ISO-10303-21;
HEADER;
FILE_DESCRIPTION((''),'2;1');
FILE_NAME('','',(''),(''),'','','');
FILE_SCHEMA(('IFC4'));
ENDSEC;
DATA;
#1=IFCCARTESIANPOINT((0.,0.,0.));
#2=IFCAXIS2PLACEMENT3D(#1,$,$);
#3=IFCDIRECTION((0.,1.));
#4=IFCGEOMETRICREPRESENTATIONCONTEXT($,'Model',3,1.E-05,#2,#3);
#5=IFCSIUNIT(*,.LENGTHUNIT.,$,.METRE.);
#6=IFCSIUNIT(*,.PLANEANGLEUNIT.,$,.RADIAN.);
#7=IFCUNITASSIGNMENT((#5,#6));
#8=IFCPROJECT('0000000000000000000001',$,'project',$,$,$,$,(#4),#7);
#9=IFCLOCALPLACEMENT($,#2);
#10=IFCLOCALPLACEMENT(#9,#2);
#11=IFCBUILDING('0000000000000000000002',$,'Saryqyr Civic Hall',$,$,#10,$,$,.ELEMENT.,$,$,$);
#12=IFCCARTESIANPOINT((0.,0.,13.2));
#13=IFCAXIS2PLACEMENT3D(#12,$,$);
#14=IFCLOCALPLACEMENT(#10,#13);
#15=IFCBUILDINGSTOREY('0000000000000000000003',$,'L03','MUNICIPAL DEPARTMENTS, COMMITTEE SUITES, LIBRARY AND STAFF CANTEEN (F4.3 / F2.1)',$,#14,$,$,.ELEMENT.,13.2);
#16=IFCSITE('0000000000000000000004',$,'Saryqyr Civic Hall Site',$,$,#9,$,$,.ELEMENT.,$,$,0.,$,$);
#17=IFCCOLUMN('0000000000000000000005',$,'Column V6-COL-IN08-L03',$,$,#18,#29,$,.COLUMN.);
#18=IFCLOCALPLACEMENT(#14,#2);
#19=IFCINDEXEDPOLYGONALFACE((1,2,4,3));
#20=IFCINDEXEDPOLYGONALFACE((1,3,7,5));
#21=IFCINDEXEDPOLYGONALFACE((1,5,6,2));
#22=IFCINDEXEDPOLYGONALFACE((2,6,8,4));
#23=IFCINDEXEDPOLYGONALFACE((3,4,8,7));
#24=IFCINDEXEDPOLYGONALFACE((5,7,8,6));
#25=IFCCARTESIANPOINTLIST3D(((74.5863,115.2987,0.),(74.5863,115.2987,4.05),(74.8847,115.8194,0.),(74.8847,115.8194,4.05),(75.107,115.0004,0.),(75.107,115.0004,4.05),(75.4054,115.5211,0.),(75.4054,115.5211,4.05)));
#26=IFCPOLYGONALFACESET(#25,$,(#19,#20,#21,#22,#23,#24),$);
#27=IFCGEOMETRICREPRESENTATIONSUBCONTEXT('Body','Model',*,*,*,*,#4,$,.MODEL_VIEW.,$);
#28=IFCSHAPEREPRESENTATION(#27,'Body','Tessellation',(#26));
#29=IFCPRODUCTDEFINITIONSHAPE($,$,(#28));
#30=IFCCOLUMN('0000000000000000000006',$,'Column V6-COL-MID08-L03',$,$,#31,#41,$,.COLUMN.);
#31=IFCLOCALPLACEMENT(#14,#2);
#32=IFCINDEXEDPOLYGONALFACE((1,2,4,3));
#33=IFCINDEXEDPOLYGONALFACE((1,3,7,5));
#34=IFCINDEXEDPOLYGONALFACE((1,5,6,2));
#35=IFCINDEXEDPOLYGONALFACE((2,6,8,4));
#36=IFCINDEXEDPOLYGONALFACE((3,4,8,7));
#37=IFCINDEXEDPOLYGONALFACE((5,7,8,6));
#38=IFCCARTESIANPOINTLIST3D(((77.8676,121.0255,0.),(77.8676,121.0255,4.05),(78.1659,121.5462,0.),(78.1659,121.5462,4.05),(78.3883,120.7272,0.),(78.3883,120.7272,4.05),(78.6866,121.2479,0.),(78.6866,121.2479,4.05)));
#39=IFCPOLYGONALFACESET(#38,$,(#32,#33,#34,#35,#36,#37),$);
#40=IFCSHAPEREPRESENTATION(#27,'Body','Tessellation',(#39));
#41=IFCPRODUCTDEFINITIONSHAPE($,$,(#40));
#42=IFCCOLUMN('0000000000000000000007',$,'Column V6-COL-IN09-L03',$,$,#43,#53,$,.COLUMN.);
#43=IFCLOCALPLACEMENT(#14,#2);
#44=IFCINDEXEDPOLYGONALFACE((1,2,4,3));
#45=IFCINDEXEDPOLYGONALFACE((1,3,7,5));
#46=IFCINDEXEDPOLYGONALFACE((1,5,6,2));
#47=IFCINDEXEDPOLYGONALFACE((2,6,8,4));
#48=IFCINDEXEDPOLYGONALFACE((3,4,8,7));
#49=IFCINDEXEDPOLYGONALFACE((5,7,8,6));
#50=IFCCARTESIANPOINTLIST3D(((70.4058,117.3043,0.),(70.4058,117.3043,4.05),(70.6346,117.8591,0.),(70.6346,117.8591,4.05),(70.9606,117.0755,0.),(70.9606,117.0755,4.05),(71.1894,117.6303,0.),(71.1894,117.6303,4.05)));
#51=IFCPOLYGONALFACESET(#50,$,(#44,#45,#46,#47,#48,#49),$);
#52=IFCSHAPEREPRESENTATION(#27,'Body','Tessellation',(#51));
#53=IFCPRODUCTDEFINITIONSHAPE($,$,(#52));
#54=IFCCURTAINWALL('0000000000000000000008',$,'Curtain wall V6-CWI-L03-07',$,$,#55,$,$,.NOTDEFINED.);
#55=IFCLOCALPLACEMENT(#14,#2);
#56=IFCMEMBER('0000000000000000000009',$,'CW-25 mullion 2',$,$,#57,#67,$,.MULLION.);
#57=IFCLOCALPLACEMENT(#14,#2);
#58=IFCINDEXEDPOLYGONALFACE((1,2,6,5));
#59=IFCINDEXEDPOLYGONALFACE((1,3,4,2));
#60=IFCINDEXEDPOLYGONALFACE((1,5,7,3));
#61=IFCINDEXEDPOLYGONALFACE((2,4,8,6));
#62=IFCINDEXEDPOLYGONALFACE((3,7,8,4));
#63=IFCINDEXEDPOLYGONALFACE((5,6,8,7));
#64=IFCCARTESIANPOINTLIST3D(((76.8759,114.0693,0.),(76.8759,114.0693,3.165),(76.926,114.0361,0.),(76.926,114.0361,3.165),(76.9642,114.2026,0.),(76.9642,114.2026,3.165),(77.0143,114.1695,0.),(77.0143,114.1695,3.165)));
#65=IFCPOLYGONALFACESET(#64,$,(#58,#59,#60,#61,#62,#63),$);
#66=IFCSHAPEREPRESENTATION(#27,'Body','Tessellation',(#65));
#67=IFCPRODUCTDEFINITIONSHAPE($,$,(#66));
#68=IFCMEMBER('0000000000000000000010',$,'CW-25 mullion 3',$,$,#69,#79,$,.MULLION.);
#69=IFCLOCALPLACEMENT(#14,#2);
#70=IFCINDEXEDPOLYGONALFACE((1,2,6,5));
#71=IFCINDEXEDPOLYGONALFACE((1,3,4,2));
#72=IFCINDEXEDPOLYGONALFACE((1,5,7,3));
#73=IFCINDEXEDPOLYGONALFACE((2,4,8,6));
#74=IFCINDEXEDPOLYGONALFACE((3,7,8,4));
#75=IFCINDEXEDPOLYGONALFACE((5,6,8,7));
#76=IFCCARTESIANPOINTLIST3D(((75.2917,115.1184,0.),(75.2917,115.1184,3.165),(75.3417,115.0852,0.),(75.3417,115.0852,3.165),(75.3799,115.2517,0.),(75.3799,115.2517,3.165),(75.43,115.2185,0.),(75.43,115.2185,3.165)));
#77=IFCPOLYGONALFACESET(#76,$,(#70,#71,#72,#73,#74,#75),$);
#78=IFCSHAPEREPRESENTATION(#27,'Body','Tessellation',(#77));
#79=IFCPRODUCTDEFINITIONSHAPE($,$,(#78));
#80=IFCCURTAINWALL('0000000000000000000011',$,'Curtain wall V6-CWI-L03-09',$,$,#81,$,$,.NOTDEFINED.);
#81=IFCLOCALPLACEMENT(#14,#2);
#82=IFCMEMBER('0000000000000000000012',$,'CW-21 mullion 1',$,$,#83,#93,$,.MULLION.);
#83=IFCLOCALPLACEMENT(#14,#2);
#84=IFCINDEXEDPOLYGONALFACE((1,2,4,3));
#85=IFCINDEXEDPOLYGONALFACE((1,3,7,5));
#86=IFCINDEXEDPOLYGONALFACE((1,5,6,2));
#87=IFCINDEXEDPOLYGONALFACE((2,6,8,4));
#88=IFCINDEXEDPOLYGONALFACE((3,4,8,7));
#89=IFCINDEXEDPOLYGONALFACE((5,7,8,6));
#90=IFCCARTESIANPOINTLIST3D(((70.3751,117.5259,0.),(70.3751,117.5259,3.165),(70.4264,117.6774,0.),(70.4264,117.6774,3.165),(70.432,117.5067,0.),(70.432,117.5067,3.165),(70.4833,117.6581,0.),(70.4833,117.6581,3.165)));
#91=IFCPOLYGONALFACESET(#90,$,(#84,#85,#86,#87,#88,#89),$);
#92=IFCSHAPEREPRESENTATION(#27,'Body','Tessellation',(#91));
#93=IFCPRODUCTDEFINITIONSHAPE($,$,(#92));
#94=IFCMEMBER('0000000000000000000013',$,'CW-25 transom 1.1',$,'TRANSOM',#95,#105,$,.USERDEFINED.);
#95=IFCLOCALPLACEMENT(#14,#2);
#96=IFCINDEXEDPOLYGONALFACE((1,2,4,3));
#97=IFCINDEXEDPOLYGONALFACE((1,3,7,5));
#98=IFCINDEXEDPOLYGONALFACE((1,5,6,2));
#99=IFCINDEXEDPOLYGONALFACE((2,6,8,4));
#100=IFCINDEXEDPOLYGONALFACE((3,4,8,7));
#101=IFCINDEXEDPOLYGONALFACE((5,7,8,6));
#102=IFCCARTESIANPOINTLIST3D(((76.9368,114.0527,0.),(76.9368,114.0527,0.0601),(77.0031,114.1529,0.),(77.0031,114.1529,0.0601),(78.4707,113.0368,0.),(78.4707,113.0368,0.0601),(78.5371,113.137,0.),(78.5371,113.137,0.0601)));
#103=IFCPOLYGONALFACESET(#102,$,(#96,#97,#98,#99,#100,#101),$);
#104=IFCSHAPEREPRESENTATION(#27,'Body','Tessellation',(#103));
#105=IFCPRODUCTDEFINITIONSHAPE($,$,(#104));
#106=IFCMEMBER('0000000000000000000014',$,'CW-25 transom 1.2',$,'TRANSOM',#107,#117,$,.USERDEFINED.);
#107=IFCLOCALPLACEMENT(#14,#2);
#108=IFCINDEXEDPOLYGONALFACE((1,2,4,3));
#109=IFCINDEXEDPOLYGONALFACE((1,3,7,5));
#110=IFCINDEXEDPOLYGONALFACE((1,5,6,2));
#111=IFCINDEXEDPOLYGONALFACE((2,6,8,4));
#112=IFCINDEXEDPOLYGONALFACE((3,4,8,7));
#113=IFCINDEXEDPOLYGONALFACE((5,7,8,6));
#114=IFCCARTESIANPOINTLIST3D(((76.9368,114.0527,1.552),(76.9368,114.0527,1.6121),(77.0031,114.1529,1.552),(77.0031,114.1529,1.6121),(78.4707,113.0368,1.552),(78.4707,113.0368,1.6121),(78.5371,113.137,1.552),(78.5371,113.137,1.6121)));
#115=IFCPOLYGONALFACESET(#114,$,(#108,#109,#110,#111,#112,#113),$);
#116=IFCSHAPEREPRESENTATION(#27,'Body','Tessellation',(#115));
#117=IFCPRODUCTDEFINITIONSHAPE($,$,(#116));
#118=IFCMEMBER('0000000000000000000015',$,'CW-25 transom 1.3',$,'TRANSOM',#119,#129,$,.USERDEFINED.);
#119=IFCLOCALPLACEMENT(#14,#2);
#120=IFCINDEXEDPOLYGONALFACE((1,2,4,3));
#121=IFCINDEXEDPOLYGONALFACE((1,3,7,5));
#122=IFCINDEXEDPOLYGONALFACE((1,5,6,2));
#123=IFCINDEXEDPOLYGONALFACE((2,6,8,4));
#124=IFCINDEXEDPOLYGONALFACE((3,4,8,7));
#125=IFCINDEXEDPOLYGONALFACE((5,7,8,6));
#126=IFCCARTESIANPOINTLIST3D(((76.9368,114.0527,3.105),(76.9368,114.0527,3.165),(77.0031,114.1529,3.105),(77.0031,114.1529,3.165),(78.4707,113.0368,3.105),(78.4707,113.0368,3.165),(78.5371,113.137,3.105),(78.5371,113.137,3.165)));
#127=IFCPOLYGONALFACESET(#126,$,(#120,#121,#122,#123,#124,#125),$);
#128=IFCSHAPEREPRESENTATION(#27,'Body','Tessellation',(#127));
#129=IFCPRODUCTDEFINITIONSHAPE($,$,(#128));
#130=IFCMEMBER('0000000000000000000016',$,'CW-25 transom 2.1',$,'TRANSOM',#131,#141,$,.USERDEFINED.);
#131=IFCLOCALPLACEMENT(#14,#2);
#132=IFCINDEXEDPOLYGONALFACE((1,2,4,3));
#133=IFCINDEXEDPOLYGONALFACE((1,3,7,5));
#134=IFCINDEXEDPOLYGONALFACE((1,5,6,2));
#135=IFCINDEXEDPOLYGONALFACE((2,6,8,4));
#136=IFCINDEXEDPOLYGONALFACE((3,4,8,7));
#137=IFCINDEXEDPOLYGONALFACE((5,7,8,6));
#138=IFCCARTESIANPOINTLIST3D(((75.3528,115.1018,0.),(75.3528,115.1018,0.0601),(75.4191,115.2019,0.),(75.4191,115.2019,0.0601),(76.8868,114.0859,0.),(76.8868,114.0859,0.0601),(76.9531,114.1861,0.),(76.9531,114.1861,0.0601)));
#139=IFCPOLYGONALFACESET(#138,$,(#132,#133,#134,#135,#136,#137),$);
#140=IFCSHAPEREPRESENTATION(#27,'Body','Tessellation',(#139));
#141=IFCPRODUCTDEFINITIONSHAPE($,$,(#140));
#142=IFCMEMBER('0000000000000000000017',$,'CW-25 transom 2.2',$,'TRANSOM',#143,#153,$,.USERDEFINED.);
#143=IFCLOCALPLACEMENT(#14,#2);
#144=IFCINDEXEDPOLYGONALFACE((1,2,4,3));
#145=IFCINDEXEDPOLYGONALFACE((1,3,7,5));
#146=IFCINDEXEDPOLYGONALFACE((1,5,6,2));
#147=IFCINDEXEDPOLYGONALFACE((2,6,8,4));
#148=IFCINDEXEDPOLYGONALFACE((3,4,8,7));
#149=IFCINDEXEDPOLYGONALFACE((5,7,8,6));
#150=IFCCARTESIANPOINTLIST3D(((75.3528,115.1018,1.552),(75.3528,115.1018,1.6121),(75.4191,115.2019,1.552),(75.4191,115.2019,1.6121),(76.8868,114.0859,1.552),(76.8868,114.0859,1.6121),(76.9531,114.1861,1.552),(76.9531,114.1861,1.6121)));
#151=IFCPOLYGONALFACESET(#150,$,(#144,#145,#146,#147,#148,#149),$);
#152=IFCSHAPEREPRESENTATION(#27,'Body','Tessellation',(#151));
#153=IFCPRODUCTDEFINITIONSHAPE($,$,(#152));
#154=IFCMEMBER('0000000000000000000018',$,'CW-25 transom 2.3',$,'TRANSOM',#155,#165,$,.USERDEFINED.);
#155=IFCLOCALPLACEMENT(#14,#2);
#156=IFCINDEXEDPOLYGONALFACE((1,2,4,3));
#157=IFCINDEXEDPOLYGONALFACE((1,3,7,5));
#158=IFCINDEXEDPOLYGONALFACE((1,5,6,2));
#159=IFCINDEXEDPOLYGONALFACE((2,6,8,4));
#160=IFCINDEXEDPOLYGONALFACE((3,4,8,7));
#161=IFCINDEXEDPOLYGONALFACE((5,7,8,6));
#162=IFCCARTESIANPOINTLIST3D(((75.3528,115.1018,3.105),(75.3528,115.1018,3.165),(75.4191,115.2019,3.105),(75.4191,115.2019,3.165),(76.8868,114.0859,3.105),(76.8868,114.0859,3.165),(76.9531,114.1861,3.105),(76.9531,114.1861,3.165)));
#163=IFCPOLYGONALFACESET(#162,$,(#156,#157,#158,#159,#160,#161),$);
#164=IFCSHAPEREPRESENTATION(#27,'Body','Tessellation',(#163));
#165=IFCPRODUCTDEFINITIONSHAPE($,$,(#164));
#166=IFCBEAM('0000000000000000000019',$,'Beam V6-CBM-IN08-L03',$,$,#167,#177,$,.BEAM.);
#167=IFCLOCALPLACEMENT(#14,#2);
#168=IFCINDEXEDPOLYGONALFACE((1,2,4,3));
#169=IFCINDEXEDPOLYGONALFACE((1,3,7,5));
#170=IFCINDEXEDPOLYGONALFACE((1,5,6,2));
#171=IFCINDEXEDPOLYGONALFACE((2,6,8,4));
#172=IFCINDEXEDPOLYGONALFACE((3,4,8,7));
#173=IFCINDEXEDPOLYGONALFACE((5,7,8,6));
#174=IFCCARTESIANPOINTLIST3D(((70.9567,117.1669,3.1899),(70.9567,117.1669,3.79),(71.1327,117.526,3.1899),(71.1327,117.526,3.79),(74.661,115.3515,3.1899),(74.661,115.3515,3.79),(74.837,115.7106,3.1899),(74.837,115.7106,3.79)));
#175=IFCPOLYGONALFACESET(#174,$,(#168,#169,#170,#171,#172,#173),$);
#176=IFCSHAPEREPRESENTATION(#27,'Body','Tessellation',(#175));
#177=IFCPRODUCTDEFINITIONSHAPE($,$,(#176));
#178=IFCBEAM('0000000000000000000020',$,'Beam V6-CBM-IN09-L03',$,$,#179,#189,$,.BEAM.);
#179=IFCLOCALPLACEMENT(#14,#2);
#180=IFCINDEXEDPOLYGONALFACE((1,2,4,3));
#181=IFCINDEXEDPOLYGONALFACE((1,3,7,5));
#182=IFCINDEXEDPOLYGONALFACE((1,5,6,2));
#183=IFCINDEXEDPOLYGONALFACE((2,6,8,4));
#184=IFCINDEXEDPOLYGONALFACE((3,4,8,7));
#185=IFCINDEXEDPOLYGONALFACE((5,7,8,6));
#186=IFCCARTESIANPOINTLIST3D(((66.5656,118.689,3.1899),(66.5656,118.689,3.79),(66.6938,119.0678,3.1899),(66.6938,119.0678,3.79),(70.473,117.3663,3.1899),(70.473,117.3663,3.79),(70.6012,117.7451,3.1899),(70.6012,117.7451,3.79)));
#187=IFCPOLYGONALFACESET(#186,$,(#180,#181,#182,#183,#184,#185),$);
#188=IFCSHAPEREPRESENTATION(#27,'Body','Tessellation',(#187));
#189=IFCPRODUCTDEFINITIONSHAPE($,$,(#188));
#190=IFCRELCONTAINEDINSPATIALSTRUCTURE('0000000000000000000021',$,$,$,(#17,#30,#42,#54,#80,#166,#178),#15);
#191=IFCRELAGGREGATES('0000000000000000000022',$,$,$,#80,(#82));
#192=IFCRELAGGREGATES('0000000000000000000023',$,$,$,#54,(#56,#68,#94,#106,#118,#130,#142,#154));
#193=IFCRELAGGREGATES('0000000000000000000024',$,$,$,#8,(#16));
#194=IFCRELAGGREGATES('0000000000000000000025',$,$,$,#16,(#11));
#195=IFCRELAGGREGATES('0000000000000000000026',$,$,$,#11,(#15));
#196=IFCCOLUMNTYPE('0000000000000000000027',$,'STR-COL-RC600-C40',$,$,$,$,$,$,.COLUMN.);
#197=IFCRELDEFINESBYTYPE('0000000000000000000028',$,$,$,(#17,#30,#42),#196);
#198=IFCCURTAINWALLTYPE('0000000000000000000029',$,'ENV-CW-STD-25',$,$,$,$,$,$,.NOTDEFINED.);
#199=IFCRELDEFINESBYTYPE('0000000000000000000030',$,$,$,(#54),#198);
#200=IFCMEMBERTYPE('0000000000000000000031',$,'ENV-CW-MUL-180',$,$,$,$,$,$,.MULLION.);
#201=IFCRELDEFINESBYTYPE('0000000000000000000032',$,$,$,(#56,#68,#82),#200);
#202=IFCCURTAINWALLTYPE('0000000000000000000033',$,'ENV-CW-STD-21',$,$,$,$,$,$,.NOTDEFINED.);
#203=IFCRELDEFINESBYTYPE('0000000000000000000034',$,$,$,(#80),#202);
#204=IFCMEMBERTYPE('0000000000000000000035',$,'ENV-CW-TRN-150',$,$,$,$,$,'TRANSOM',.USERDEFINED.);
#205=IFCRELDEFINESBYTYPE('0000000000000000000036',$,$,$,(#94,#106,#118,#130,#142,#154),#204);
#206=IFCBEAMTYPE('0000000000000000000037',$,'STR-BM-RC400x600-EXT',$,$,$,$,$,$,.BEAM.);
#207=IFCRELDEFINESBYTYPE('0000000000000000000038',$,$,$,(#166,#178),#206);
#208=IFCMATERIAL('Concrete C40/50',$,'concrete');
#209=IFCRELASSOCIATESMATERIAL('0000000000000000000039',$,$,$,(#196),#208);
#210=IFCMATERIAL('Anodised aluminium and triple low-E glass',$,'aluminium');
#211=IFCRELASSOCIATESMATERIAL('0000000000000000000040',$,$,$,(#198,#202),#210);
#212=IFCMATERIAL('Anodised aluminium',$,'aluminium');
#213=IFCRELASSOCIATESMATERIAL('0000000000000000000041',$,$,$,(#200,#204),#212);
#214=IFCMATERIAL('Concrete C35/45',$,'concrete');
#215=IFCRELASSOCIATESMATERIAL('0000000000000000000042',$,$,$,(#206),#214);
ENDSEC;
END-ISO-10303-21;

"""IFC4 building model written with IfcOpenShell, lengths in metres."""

from ifc_helpers import new_model, si_unit, direction, frame, origin, origin_2d, place, context, subcontext, project, spatial, rectangle, extrude, material, material_profile, profile_set, type_object, element, aggregate, save


model = new_model("IFC4")

# Units and contexts
model_context = context("Model", 3, precision=1e-05, world=origin(), true_north=direction((0.0, 1.0)))
body_context = subcontext(model_context, "Body", "Model", "MODEL_VIEW")
ifc_project = project(units=[si_unit("LENGTHUNIT", "METRE"), si_unit("PLANEANGLEUNIT", "RADIAN")], contexts=[model_context])

# Site, building, storey
site_placement = place(None, origin())
site = spatial("IfcSite", under=ifc_project, at=site_placement, Name="Saryqyr Civic Hall Site", CompositionType="ELEMENT", RefElevation=0.0)
building_placement = place(site_placement, origin())
building = spatial("IfcBuilding", under=site, at=building_placement, Name="Saryqyr Civic Hall", CompositionType="ELEMENT")
storey_placement = place(building_placement, frame((0.0, 0.0, 13.2)))
storey = spatial("IfcBuildingStorey", under=building, at=storey_placement, Name="L03", Description="MUNICIPAL DEPARTMENTS, COMMITTEE SUITES, LIBRARY AND STAFF CANTEEN (F4.3 / F2.1)", CompositionType="ELEMENT", Elevation=13.2)

# Columns
ifc_material_1 = material(Name="Concrete C40/50", Category="concrete")
ifc_material_profile_1 = material_profile(ifc_material_1, rectangle(XDim=0.6001, YDim=0.6001, at=origin_2d()), Name="RC 600x600")
ifc_profile_set_1 = profile_set([ifc_material_profile_1], Name="Concrete C40/50")
column_type = type_object("IfcColumnType", Name="STR-COL-RC600-C40", PredefinedType="COLUMN", material=ifc_profile_set_1)
for number, where, z_axis, x_axis, name in (
    (1, (74.9958, 115.4099, 0.0), (0.0, 0.0, 1.0), (0.497125, 0.867679, 0.0), "Column V6-COL-IN08-L03"),
    (2, (78.2771, 121.1367, 0.0), (0.0, 0.0, 1.0), (0.497125, 0.867679, 0.0), "Column V6-COL-MID08-L03"),
    (3, (70.7976, 117.4673, 0.0), (0.0, 0.0, 1.0), (0.381232, 0.92448, 0.0), "Column V6-COL-IN09-L03"),
):
    element("IfcColumn", number, at=place(storey_placement, frame(where, z_axis=z_axis, x_axis=x_axis)), inside=storey, type_object=column_type, Name=name, PredefinedType="COLUMN", context=body_context, shape_type="SweptSolid", body=[
        extrude(rectangle(XDim=0.6001, YDim=0.6001, at=origin_2d()), origin(), (0.0, 0.0, 1.0), 4.05),
    ])

# Curtain wall, members
ifc_material_2 = material(Name="Anodised aluminium and triple low-E glass", Category="aluminium")
curtain_wall_type_1 = type_object("IfcCurtainWallType", Name="ENV-CW-STD-25", PredefinedType="NOTDEFINED", material=ifc_material_2)
curtain_wall_1_placement = place(storey_placement, origin())
curtain_wall_1 = element("IfcCurtainWall", 4, at=curtain_wall_1_placement, inside=storey, type_object=curtain_wall_type_1, Name="Curtain wall V6-CWI-L03-07", PredefinedType="NOTDEFINED")
ifc_material_3 = material(Name="Anodised aluminium", Category="aluminium")
ifc_material_profile_2 = material_profile(ifc_material_3, rectangle(XDim=0.0601, YDim=0.1599, at=origin_2d()), Name="ALU MULLION 60x160")
ifc_profile_set_2 = profile_set([ifc_material_profile_2], Name="Anodised aluminium")
member_type_1 = type_object("IfcMemberType", Name="ENV-CW-MUL-180", PredefinedType="MULLION", material=ifc_profile_set_2)
member_1_placement = place(storey_placement, frame((76.9451, 114.1194, 0.0), z_axis=(0.0, 0.0, 1.0), x_axis=(-0.833756, 0.552133, 0.0)))
member_1 = element("IfcMember", 5, at=member_1_placement, type_object=member_type_1, Name="CW-25 mullion 2", PredefinedType="MULLION", context=body_context, shape_type="SweptSolid", body=[
    extrude(rectangle(XDim=0.0601, YDim=0.1599, at=origin_2d()), origin(), (0.0, 0.0, 1.0), 3.165),
])
member_2_placement = place(storey_placement, frame((75.3608, 115.1685, 0.0), z_axis=(0.0, 0.0, 1.0), x_axis=(-0.833756, 0.552133, 0.0)))
member_2 = element("IfcMember", 6, at=member_2_placement, type_object=member_type_1, Name="CW-25 mullion 3", PredefinedType="MULLION", context=body_context, shape_type="SweptSolid", body=[
    extrude(rectangle(XDim=0.0601, YDim=0.1599, at=origin_2d()), origin(), (0.0, 0.0, 1.0), 3.165),
])

# Curtain wall, member
curtain_wall_type_2 = type_object("IfcCurtainWallType", Name="ENV-CW-STD-21", PredefinedType="NOTDEFINED", material=ifc_material_2)
curtain_wall_2_placement = place(storey_placement, origin())
curtain_wall_2 = element("IfcCurtainWall", 7, at=curtain_wall_2_placement, inside=storey, type_object=curtain_wall_type_2, Name="Curtain wall V6-CWI-L03-09", PredefinedType="NOTDEFINED")
member_3_placement = place(storey_placement, frame((70.4292, 117.592, 0.0), z_axis=(0.0, 0.0, 1.0), x_axis=(-0.947202, 0.320636, 0.0)))
member_3 = element("IfcMember", 8, at=member_3_placement, type_object=member_type_1, Name="CW-21 mullion 1", PredefinedType="MULLION", context=body_context, shape_type="SweptSolid", body=[
    extrude(rectangle(XDim=0.0601, YDim=0.1599, at=origin_2d()), origin(), (0.0, 0.0, 1.0), 3.165),
])
aggregate(curtain_wall_2, [member_3])

# Members
ifc_material_profile_3 = material_profile(ifc_material_3, rectangle(XDim=0.1201, YDim=0.0601, at=origin_2d()), Name="ALU TRANSOM 120x60")
ifc_profile_set_3 = profile_set([ifc_material_profile_3], Name="Anodised aluminium")
member_type_2 = type_object("IfcMemberType", Name="ENV-CW-TRN-150", ElementType="TRANSOM", PredefinedType="USERDEFINED", material=ifc_profile_set_3)
member_4_placement = place(storey_placement, frame((78.5039, 113.0869, 0.03), z_axis=(-0.833741, 0.552156, 0.0), x_axis=(-0.552156, -0.833741, 0.0)))
member_4 = element("IfcMember", 9, at=member_4_placement, type_object=member_type_2, Name="CW-25 transom 1.1", ObjectType="TRANSOM", PredefinedType="USERDEFINED", context=body_context, shape_type="SweptSolid", body=[
    extrude(rectangle(XDim=0.1201, YDim=0.0601, at=origin_2d()), origin(), (0.0, 0.0, 1.0), 1.8398),
])
member_5_placement = place(storey_placement, frame((78.5039, 113.0869, 1.582), z_axis=(-0.833741, 0.552156, 0.0), x_axis=(-0.552156, -0.833741, 0.0)))
member_5 = element("IfcMember", 10, at=member_5_placement, type_object=member_type_2, Name="CW-25 transom 1.2", ObjectType="TRANSOM", PredefinedType="USERDEFINED", context=body_context, shape_type="SweptSolid", body=[
    extrude(rectangle(XDim=0.1201, YDim=0.0601, at=origin_2d()), origin(), (0.0, 0.0, 1.0), 1.8398),
])
member_6_placement = place(storey_placement, frame((78.5039, 113.0869, 3.135), z_axis=(-0.833741, 0.552156, 0.0), x_axis=(-0.552156, -0.833741, 0.0)))
member_6 = element("IfcMember", 11, at=member_6_placement, type_object=member_type_2, Name="CW-25 transom 1.3", ObjectType="TRANSOM", PredefinedType="USERDEFINED", context=body_context, shape_type="SweptSolid", body=[
    extrude(rectangle(XDim=0.1201, YDim=0.0601, at=origin_2d()), origin(), (0.0, 0.0, 1.0), 1.8398),
])
member_7_placement = place(storey_placement, frame((76.9199, 114.136, 0.03), z_axis=(-0.833741, 0.552156, 0.0), x_axis=(-0.552156, -0.833741, 0.0)))
member_7 = element("IfcMember", 12, at=member_7_placement, type_object=member_type_2, Name="CW-25 transom 2.1", ObjectType="TRANSOM", PredefinedType="USERDEFINED", context=body_context, shape_type="SweptSolid", body=[
    extrude(rectangle(XDim=0.1201, YDim=0.0601, at=origin_2d()), origin(), (0.0, 0.0, 1.0), 1.8398),
])
member_8_placement = place(storey_placement, frame((76.9199, 114.136, 1.582), z_axis=(-0.833741, 0.552156, 0.0), x_axis=(-0.552156, -0.833741, 0.0)))
member_8 = element("IfcMember", 13, at=member_8_placement, type_object=member_type_2, Name="CW-25 transom 2.2", ObjectType="TRANSOM", PredefinedType="USERDEFINED", context=body_context, shape_type="SweptSolid", body=[
    extrude(rectangle(XDim=0.1201, YDim=0.0601, at=origin_2d()), origin(), (0.0, 0.0, 1.0), 1.8398),
])
member_9_placement = place(storey_placement, frame((76.9199, 114.136, 3.135), z_axis=(-0.833741, 0.552156, 0.0), x_axis=(-0.552156, -0.833741, 0.0)))
member_9 = element("IfcMember", 14, at=member_9_placement, type_object=member_type_2, Name="CW-25 transom 2.3", ObjectType="TRANSOM", PredefinedType="USERDEFINED", context=body_context, shape_type="SweptSolid", body=[
    extrude(rectangle(XDim=0.1201, YDim=0.0601, at=origin_2d()), origin(), (0.0, 0.0, 1.0), 1.8398),
])

# Beams
ifc_material_4 = material(Name="Concrete C35/45", Category="concrete")
ifc_material_profile_4 = material_profile(ifc_material_4, rectangle(XDim=0.3999, YDim=0.6001, at=origin_2d()), Name="RC 400x600")
ifc_profile_set_4 = profile_set([ifc_material_profile_4], Name="Concrete C35/45")
beam_type_1 = type_object("IfcBeamType", Name="STR-BM-RC400x600-EXT", PredefinedType="BEAM", material=ifc_profile_set_4)
for number, where, z_axis, x_axis, name in (
    (15, (74.749, 115.531, 3.49), (-0.897962, 0.440074, 0.0), (-0.440074, -0.897962, 0.0), "Beam V6-CBM-IN08-L03"),
    (16, (70.5371, 117.5557, 3.49), (-0.947199, 0.320645, 0.0), (-0.320645, -0.947199, 0.0), "Beam V6-CBM-IN09-L03"),
):
    element("IfcBeam", number, at=place(storey_placement, frame(where, z_axis=z_axis, x_axis=x_axis)), inside=storey, type_object=beam_type_1, Name=name, PredefinedType="BEAM", context=body_context, shape_type="SweptSolid", body=[
        extrude(rectangle(XDim=0.3999, YDim=0.6001, at=origin_2d()), origin(), (0.0, 0.0, 1.0), 4.1252),
    ])

aggregate(curtain_wall_1, [member_1, member_2, member_4, member_5, member_6, member_7, member_8, member_9])

save(model, "model.ifc")
